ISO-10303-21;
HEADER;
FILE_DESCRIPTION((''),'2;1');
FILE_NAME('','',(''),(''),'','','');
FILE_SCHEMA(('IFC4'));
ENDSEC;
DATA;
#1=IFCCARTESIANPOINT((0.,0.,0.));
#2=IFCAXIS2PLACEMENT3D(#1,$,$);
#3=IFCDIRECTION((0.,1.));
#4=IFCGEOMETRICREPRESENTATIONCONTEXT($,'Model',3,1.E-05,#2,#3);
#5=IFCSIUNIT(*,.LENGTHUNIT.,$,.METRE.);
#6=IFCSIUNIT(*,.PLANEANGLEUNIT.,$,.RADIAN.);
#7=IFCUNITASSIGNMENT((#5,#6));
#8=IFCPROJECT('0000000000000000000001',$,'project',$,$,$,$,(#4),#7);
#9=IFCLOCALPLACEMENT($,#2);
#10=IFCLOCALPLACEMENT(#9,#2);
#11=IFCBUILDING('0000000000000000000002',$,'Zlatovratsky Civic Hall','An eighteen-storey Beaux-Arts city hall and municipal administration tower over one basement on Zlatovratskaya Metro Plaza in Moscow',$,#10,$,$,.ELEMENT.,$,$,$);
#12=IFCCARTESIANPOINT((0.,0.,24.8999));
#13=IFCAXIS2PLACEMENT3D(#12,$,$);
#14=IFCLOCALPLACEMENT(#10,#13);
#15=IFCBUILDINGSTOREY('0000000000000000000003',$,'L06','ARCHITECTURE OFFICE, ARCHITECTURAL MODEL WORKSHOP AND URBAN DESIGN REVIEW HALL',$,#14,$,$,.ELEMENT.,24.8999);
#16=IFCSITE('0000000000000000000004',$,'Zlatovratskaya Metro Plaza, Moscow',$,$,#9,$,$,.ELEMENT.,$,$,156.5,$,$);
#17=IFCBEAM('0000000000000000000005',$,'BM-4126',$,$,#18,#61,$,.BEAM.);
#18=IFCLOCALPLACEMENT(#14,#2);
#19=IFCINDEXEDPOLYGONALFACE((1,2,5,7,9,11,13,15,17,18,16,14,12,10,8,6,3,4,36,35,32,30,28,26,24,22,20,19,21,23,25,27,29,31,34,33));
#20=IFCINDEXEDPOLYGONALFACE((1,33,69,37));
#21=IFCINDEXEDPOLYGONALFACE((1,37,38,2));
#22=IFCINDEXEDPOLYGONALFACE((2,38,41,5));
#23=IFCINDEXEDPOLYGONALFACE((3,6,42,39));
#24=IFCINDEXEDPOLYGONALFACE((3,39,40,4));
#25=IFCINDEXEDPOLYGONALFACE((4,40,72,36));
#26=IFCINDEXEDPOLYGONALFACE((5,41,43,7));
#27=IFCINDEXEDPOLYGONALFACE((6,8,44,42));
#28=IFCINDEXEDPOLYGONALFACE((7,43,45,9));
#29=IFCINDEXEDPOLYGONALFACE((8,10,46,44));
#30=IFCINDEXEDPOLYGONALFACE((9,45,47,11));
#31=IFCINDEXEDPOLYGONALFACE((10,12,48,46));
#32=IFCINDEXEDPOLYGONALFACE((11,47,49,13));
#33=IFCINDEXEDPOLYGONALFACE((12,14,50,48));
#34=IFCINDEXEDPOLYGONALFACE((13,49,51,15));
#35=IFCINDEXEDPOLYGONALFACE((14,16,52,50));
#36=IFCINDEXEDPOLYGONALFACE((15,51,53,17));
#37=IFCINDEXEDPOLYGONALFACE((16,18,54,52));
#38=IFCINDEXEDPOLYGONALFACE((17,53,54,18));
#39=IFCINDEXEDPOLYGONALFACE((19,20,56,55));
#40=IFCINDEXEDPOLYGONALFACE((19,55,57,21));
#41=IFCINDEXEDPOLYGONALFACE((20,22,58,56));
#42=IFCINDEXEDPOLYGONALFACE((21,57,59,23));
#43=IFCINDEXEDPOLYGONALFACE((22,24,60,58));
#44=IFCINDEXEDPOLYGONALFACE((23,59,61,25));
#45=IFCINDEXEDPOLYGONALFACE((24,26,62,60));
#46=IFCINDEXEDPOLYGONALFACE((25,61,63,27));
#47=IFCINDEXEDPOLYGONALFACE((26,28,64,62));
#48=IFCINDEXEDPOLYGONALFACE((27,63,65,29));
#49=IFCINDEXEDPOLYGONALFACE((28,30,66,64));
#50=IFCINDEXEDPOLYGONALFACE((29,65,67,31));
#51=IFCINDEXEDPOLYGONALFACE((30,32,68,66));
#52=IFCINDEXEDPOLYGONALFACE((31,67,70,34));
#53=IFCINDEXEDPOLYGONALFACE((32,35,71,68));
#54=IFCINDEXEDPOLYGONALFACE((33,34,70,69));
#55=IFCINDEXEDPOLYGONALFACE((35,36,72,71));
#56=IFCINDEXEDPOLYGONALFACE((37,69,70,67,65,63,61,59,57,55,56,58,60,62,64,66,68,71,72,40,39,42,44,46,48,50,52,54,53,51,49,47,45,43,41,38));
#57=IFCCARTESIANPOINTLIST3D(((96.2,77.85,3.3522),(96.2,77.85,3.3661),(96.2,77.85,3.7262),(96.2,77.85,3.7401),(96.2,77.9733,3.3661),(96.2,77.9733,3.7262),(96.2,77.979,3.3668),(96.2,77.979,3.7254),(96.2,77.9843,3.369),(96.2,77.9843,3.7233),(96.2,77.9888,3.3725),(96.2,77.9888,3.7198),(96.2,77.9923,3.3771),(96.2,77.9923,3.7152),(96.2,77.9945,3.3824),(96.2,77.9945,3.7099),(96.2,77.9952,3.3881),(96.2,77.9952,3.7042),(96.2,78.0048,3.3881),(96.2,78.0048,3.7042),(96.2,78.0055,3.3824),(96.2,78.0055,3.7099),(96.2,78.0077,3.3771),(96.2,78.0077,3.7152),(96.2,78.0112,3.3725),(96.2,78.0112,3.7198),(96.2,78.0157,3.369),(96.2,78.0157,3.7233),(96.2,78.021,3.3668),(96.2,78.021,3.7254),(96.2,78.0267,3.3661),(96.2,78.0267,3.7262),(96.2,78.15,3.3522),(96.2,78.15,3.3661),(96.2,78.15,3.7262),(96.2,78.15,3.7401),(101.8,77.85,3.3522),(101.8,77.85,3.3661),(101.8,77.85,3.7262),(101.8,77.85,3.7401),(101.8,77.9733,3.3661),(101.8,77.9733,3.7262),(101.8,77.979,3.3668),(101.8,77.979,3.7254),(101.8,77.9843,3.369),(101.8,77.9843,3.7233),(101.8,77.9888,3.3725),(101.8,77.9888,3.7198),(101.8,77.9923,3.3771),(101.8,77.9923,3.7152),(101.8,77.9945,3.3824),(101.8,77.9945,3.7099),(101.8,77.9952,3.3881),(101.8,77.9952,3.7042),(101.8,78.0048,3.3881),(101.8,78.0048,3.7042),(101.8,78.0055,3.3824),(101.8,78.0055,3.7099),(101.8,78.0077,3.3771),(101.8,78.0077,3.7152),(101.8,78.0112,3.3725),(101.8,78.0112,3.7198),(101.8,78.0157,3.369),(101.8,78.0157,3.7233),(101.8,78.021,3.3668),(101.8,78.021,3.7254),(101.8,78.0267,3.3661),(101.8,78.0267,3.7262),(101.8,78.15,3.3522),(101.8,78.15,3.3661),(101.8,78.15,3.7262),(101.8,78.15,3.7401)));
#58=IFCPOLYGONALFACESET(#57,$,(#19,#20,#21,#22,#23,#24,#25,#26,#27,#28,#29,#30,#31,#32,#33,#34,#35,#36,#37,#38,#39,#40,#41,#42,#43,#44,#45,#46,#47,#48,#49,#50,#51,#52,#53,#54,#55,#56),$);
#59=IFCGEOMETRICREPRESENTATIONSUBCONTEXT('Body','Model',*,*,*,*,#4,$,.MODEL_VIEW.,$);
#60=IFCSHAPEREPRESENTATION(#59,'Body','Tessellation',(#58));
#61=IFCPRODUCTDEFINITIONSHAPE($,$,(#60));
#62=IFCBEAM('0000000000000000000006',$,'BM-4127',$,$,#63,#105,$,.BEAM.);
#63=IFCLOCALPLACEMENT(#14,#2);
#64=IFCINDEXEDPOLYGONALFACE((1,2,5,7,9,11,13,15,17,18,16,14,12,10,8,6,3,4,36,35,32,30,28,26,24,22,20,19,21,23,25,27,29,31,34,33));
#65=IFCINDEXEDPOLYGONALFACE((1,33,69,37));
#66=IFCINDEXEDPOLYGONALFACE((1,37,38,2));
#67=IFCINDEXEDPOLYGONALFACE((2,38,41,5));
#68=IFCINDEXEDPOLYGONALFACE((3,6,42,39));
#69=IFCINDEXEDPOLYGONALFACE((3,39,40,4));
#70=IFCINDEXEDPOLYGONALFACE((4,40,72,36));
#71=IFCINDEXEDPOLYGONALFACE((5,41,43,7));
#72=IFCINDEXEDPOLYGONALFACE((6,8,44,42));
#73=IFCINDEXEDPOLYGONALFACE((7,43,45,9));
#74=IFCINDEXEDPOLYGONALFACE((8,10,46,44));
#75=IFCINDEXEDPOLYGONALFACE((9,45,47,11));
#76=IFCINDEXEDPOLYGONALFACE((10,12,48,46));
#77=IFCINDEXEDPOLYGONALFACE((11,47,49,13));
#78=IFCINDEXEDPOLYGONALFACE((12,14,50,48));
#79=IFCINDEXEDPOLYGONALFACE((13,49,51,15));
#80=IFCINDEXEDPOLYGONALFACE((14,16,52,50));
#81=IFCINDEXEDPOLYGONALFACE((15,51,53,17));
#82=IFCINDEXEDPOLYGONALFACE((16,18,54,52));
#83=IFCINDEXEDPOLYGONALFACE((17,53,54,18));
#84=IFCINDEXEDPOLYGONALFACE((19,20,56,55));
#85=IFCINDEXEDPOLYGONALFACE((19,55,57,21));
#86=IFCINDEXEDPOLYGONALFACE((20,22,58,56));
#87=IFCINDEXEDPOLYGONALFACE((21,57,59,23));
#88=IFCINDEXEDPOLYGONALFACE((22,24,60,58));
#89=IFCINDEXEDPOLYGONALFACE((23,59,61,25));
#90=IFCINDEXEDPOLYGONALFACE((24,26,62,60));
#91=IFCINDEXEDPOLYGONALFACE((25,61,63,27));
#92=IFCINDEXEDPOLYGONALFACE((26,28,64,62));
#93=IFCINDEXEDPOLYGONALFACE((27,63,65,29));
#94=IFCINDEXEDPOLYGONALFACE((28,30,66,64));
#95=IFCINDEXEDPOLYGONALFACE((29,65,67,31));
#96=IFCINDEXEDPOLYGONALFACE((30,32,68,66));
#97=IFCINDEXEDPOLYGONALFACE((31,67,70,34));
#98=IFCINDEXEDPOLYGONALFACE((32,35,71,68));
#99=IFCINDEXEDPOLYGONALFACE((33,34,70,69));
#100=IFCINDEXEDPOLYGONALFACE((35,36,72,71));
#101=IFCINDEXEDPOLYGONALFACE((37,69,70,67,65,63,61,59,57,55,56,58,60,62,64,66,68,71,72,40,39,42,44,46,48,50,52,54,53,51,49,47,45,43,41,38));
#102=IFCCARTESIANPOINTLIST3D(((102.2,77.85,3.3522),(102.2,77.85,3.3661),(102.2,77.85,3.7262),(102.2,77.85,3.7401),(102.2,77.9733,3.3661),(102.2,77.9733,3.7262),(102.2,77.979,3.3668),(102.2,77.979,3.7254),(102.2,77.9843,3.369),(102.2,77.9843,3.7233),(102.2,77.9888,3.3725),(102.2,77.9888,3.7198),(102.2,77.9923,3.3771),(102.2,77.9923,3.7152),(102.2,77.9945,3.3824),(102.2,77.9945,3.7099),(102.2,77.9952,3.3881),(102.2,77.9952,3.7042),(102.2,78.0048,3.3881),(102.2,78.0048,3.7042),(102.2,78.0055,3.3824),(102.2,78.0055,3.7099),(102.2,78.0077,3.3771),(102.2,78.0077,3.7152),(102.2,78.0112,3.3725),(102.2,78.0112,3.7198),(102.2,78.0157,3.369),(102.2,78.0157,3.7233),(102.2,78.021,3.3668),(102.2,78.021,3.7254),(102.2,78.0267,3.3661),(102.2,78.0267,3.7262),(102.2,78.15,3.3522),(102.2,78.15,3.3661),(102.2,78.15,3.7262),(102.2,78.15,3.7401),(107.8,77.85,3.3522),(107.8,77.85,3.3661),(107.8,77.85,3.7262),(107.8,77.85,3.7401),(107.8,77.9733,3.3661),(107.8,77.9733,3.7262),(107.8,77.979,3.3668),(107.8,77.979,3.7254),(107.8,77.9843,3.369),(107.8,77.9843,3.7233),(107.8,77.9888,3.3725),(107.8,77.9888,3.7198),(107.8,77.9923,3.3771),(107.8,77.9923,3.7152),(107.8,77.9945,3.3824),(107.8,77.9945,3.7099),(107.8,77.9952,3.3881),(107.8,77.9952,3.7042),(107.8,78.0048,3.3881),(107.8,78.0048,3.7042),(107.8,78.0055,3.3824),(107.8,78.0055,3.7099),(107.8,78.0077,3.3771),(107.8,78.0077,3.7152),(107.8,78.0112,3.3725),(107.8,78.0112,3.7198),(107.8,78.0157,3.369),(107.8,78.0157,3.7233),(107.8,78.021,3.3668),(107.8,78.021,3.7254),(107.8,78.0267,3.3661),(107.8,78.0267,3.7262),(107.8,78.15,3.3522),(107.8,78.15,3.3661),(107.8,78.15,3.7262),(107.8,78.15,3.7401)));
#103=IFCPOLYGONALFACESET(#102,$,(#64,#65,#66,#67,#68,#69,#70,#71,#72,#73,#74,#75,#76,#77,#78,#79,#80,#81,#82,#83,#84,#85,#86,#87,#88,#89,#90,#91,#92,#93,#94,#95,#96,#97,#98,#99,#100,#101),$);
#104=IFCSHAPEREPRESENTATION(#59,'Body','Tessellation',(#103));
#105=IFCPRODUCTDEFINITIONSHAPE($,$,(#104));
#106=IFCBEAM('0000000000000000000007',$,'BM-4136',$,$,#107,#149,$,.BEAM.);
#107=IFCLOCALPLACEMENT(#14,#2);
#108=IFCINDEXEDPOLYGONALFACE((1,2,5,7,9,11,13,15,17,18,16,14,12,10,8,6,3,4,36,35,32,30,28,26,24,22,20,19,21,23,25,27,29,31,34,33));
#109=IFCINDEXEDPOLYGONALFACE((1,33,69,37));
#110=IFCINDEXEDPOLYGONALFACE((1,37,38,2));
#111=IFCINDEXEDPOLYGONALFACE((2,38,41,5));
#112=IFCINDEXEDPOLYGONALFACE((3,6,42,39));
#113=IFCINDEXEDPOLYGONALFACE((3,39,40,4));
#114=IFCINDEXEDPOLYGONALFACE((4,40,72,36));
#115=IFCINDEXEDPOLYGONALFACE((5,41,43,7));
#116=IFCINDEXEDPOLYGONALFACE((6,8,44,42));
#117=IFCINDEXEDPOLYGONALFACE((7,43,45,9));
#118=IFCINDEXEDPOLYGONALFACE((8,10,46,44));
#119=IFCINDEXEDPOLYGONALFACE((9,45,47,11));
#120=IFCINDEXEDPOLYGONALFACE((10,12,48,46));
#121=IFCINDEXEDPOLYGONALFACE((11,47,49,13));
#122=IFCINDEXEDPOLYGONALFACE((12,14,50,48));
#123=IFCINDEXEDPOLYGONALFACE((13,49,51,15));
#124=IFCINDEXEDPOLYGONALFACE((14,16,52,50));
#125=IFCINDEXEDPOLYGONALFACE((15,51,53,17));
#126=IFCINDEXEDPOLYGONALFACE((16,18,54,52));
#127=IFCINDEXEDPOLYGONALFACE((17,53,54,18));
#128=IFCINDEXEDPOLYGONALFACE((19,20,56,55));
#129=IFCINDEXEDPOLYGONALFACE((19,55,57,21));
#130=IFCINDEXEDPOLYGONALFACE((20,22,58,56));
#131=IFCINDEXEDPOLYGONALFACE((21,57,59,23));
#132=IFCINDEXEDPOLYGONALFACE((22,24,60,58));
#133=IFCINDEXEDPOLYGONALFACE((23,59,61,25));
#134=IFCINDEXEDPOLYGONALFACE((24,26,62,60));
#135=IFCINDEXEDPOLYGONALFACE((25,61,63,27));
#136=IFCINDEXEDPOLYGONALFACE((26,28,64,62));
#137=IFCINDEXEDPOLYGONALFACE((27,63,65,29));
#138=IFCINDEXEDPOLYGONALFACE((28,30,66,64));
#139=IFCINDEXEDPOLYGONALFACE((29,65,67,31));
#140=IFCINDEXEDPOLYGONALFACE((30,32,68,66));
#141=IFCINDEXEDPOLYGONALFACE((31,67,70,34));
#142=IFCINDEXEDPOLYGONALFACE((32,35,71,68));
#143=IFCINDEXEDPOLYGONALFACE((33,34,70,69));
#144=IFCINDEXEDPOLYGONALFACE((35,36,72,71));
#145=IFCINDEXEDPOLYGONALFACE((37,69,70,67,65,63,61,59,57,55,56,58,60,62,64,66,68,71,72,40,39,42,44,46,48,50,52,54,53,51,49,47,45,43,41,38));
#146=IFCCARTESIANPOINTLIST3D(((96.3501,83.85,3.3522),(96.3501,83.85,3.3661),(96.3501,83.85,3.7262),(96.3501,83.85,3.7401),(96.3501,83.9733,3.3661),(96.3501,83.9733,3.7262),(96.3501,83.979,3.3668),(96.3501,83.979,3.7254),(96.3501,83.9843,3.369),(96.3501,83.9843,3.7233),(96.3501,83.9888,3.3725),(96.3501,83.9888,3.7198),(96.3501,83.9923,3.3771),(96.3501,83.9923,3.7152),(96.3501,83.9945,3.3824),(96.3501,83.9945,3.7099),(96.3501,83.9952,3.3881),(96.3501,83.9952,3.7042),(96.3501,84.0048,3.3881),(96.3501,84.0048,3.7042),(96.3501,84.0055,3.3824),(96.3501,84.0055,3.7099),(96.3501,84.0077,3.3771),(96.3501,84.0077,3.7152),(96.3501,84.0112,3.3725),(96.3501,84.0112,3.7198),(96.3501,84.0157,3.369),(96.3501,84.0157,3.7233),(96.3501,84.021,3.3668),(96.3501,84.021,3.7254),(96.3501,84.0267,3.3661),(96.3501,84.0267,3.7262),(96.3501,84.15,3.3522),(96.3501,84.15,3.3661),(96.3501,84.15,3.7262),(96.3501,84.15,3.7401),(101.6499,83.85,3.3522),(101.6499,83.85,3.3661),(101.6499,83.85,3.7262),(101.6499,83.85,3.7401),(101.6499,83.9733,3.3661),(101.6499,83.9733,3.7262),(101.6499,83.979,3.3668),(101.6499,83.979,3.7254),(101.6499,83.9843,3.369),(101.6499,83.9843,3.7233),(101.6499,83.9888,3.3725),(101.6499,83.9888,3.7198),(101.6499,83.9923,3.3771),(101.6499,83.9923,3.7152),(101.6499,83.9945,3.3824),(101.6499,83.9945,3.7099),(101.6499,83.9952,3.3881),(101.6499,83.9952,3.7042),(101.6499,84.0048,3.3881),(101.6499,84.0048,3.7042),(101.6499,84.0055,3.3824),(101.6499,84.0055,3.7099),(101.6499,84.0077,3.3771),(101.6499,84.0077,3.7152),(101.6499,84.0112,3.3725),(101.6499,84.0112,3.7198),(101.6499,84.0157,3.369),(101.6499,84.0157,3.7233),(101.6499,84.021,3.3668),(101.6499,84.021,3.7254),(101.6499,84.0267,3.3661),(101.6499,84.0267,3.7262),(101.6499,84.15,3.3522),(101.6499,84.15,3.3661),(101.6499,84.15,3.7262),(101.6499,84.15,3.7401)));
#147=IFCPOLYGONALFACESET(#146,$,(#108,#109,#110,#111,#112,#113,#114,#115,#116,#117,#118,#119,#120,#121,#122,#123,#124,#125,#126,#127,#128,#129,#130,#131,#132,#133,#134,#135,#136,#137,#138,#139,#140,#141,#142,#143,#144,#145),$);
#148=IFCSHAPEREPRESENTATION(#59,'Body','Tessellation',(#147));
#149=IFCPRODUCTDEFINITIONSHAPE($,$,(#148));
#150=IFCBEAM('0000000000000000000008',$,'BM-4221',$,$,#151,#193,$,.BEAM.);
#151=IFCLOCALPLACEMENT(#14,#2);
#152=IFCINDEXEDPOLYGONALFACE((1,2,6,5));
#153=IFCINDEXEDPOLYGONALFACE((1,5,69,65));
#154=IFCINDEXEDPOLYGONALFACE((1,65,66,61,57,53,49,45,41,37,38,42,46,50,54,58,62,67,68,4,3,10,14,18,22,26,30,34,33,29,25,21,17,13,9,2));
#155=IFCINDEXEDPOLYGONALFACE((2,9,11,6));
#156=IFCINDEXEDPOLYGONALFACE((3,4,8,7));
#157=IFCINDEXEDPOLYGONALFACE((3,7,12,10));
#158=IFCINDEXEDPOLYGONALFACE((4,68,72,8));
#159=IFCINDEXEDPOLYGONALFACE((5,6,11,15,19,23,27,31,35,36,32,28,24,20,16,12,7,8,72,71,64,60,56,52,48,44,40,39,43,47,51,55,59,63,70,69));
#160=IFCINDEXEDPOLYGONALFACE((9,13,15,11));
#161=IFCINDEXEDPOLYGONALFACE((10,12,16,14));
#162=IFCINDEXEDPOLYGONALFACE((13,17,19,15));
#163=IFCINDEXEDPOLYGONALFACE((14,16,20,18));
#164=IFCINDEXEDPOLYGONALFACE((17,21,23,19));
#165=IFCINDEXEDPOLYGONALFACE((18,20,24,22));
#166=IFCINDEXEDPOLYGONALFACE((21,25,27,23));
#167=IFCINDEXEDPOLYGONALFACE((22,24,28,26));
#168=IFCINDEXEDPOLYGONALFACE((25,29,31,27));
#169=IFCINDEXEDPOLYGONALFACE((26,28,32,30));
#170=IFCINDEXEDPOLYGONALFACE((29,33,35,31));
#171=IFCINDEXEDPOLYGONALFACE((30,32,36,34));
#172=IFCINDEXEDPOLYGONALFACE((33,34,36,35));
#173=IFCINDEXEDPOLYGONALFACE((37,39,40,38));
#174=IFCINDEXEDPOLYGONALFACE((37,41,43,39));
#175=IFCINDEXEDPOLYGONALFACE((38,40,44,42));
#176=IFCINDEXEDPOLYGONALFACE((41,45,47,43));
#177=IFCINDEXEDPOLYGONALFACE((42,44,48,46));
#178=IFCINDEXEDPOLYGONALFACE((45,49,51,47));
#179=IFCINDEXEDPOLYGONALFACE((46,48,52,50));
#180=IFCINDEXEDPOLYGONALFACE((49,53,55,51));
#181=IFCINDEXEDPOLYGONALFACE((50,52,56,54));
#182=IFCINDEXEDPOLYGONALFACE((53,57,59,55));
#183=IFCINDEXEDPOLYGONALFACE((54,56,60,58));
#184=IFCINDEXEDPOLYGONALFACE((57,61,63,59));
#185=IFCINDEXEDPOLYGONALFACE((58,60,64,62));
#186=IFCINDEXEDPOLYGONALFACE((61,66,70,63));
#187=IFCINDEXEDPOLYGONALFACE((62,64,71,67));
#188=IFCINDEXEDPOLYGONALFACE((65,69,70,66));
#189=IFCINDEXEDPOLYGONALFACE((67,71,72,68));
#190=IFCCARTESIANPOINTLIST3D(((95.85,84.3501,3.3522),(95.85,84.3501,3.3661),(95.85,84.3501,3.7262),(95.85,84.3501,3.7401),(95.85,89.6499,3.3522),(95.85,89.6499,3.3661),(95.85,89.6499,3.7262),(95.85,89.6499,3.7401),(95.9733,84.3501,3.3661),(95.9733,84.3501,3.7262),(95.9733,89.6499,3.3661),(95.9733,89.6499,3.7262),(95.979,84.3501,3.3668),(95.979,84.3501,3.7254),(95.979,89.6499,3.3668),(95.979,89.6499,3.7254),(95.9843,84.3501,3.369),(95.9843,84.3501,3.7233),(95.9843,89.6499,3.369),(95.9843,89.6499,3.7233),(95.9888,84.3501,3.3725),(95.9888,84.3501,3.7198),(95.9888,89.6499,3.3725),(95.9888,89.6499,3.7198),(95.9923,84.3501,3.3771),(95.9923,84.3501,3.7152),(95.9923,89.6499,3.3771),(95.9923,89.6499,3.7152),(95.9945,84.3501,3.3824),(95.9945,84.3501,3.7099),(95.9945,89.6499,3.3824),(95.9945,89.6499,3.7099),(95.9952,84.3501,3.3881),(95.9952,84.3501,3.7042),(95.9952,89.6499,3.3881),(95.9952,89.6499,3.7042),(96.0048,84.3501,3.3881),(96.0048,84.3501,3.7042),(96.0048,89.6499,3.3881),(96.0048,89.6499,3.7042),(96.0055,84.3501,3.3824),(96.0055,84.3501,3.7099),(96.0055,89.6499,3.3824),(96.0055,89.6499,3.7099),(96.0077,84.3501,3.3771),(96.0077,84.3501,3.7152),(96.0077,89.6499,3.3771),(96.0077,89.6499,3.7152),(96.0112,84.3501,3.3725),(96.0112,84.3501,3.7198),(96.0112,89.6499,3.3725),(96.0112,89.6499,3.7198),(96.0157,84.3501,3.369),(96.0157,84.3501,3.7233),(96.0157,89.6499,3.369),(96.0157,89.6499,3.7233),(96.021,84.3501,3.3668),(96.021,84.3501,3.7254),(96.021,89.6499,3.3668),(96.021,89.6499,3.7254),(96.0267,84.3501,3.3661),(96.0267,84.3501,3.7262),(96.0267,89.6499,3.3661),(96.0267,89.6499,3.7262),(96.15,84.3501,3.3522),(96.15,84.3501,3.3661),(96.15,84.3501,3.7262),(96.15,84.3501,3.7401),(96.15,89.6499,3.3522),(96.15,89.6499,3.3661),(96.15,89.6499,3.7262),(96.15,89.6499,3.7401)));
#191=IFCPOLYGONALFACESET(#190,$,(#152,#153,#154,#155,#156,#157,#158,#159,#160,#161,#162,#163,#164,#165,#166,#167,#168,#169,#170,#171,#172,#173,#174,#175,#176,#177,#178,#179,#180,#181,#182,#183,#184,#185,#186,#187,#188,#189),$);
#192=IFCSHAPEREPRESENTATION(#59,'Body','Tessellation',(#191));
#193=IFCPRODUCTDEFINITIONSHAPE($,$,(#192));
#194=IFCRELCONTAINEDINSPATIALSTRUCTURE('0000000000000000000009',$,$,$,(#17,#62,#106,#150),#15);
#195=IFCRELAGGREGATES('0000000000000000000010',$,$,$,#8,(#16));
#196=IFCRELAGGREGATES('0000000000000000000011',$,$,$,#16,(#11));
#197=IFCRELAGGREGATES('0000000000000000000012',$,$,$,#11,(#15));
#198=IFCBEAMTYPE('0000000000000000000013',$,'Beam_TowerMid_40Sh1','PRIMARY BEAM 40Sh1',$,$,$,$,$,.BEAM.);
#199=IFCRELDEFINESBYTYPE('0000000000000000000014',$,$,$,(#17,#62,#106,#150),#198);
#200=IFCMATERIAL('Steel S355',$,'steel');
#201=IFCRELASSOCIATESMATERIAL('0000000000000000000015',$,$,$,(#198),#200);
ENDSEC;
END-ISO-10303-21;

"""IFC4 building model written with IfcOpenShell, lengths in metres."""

from ifc_helpers import new_model, si_unit, direction, frame, origin, origin_2d, place, context, subcontext, project, spatial, i_section, extrude, material, material_profile, profile_set, type_object, element, save


model = new_model("IFC4")

# Units and contexts
model_context = context("Model", 3, precision=1e-05, world=origin(), true_north=direction((0.0, 1.0)))
body_context = subcontext(model_context, "Body", "Model", "MODEL_VIEW")
ifc_project = project(units=[si_unit("LENGTHUNIT", "METRE"), si_unit("PLANEANGLEUNIT", "RADIAN")], contexts=[model_context])

# Site, building, storey
site_placement = place(None, origin())
site = spatial("IfcSite", under=ifc_project, at=site_placement, Name="Zlatovratskaya Metro Plaza, Moscow", CompositionType="ELEMENT", RefElevation=156.5)
building_placement = place(site_placement, origin())
building = spatial("IfcBuilding", under=site, at=building_placement, Name="Zlatovratsky Civic Hall", Description="An eighteen-storey Beaux-Arts city hall and municipal administration tower over one basement on Zlatovratskaya Metro Plaza in Moscow", CompositionType="ELEMENT")
storey_placement = place(building_placement, frame((0.0, 0.0, 24.8999)))
storey = spatial("IfcBuildingStorey", under=building, at=storey_placement, Name="L06", Description="ARCHITECTURE OFFICE, ARCHITECTURAL MODEL WORKSHOP AND URBAN DESIGN REVIEW HALL", CompositionType="ELEMENT", Elevation=24.8999)

# Shared definitions
ifc_material_1 = material(Name="Steel S355", Category="steel")

# Beams
ifc_material_profile_1 = material_profile(ifc_material_1, i_section(OverallWidth=0.3, OverallDepth=0.3879, WebThickness=0.0095, FlangeThickness=0.0139, FilletRadius=0.022, at=origin_2d()), Name="40Sh1")
ifc_profile_set_1 = profile_set([ifc_material_profile_1], Name="Steel S355")
beam_type_1 = type_object("IfcBeamType", Name="Beam_TowerMid_40Sh1", Description="PRIMARY BEAM 40Sh1", PredefinedType="BEAM", material=ifc_profile_set_1)
for number, where, z_axis, x_axis, name in (
    (1, (96.2, 78.0, 3.5461), (1.0, 0.0, 0.0), (0.0, 1.0, 0.0), "BM-4126"),
    (2, (102.2, 78.0, 3.5461), (1.0, 0.0, 0.0), (0.0, 1.0, 0.0), "BM-4127"),
):
    element("IfcBeam", number, at=place(storey_placement, frame(where, z_axis=z_axis, x_axis=x_axis)), inside=storey, type_object=beam_type_1, Name=name, PredefinedType="BEAM", context=body_context, shape_type="SweptSolid", body=[
        extrude(i_section(OverallWidth=0.3, OverallDepth=0.3879, WebThickness=0.0095, FlangeThickness=0.0139, FilletRadius=0.022, at=origin_2d()), origin(), (0.0, 0.0, 1.0), 5.6001),
    ])
for number, where, z_axis, x_axis, name in (
    (3, (96.3501, 84.0, 3.5461), (1.0, 0.0, 0.0), (0.0, 1.0, 0.0), "BM-4136"),
    (4, (96.0, 84.3501, 3.5461), (0.0, 1.0, 0.0), (-1.0, 0.0, 0.0), "BM-4221"),
):
    element("IfcBeam", number, at=place(storey_placement, frame(where, z_axis=z_axis, x_axis=x_axis)), inside=storey, type_object=beam_type_1, Name=name, PredefinedType="BEAM", context=body_context, shape_type="SweptSolid", body=[
        extrude(i_section(OverallWidth=0.3, OverallDepth=0.3879, WebThickness=0.0095, FlangeThickness=0.0139, FilletRadius=0.022, at=origin_2d()), origin(), (0.0, 0.0, 1.0), 5.2998),
    ])

save(model, "model.ifc")
